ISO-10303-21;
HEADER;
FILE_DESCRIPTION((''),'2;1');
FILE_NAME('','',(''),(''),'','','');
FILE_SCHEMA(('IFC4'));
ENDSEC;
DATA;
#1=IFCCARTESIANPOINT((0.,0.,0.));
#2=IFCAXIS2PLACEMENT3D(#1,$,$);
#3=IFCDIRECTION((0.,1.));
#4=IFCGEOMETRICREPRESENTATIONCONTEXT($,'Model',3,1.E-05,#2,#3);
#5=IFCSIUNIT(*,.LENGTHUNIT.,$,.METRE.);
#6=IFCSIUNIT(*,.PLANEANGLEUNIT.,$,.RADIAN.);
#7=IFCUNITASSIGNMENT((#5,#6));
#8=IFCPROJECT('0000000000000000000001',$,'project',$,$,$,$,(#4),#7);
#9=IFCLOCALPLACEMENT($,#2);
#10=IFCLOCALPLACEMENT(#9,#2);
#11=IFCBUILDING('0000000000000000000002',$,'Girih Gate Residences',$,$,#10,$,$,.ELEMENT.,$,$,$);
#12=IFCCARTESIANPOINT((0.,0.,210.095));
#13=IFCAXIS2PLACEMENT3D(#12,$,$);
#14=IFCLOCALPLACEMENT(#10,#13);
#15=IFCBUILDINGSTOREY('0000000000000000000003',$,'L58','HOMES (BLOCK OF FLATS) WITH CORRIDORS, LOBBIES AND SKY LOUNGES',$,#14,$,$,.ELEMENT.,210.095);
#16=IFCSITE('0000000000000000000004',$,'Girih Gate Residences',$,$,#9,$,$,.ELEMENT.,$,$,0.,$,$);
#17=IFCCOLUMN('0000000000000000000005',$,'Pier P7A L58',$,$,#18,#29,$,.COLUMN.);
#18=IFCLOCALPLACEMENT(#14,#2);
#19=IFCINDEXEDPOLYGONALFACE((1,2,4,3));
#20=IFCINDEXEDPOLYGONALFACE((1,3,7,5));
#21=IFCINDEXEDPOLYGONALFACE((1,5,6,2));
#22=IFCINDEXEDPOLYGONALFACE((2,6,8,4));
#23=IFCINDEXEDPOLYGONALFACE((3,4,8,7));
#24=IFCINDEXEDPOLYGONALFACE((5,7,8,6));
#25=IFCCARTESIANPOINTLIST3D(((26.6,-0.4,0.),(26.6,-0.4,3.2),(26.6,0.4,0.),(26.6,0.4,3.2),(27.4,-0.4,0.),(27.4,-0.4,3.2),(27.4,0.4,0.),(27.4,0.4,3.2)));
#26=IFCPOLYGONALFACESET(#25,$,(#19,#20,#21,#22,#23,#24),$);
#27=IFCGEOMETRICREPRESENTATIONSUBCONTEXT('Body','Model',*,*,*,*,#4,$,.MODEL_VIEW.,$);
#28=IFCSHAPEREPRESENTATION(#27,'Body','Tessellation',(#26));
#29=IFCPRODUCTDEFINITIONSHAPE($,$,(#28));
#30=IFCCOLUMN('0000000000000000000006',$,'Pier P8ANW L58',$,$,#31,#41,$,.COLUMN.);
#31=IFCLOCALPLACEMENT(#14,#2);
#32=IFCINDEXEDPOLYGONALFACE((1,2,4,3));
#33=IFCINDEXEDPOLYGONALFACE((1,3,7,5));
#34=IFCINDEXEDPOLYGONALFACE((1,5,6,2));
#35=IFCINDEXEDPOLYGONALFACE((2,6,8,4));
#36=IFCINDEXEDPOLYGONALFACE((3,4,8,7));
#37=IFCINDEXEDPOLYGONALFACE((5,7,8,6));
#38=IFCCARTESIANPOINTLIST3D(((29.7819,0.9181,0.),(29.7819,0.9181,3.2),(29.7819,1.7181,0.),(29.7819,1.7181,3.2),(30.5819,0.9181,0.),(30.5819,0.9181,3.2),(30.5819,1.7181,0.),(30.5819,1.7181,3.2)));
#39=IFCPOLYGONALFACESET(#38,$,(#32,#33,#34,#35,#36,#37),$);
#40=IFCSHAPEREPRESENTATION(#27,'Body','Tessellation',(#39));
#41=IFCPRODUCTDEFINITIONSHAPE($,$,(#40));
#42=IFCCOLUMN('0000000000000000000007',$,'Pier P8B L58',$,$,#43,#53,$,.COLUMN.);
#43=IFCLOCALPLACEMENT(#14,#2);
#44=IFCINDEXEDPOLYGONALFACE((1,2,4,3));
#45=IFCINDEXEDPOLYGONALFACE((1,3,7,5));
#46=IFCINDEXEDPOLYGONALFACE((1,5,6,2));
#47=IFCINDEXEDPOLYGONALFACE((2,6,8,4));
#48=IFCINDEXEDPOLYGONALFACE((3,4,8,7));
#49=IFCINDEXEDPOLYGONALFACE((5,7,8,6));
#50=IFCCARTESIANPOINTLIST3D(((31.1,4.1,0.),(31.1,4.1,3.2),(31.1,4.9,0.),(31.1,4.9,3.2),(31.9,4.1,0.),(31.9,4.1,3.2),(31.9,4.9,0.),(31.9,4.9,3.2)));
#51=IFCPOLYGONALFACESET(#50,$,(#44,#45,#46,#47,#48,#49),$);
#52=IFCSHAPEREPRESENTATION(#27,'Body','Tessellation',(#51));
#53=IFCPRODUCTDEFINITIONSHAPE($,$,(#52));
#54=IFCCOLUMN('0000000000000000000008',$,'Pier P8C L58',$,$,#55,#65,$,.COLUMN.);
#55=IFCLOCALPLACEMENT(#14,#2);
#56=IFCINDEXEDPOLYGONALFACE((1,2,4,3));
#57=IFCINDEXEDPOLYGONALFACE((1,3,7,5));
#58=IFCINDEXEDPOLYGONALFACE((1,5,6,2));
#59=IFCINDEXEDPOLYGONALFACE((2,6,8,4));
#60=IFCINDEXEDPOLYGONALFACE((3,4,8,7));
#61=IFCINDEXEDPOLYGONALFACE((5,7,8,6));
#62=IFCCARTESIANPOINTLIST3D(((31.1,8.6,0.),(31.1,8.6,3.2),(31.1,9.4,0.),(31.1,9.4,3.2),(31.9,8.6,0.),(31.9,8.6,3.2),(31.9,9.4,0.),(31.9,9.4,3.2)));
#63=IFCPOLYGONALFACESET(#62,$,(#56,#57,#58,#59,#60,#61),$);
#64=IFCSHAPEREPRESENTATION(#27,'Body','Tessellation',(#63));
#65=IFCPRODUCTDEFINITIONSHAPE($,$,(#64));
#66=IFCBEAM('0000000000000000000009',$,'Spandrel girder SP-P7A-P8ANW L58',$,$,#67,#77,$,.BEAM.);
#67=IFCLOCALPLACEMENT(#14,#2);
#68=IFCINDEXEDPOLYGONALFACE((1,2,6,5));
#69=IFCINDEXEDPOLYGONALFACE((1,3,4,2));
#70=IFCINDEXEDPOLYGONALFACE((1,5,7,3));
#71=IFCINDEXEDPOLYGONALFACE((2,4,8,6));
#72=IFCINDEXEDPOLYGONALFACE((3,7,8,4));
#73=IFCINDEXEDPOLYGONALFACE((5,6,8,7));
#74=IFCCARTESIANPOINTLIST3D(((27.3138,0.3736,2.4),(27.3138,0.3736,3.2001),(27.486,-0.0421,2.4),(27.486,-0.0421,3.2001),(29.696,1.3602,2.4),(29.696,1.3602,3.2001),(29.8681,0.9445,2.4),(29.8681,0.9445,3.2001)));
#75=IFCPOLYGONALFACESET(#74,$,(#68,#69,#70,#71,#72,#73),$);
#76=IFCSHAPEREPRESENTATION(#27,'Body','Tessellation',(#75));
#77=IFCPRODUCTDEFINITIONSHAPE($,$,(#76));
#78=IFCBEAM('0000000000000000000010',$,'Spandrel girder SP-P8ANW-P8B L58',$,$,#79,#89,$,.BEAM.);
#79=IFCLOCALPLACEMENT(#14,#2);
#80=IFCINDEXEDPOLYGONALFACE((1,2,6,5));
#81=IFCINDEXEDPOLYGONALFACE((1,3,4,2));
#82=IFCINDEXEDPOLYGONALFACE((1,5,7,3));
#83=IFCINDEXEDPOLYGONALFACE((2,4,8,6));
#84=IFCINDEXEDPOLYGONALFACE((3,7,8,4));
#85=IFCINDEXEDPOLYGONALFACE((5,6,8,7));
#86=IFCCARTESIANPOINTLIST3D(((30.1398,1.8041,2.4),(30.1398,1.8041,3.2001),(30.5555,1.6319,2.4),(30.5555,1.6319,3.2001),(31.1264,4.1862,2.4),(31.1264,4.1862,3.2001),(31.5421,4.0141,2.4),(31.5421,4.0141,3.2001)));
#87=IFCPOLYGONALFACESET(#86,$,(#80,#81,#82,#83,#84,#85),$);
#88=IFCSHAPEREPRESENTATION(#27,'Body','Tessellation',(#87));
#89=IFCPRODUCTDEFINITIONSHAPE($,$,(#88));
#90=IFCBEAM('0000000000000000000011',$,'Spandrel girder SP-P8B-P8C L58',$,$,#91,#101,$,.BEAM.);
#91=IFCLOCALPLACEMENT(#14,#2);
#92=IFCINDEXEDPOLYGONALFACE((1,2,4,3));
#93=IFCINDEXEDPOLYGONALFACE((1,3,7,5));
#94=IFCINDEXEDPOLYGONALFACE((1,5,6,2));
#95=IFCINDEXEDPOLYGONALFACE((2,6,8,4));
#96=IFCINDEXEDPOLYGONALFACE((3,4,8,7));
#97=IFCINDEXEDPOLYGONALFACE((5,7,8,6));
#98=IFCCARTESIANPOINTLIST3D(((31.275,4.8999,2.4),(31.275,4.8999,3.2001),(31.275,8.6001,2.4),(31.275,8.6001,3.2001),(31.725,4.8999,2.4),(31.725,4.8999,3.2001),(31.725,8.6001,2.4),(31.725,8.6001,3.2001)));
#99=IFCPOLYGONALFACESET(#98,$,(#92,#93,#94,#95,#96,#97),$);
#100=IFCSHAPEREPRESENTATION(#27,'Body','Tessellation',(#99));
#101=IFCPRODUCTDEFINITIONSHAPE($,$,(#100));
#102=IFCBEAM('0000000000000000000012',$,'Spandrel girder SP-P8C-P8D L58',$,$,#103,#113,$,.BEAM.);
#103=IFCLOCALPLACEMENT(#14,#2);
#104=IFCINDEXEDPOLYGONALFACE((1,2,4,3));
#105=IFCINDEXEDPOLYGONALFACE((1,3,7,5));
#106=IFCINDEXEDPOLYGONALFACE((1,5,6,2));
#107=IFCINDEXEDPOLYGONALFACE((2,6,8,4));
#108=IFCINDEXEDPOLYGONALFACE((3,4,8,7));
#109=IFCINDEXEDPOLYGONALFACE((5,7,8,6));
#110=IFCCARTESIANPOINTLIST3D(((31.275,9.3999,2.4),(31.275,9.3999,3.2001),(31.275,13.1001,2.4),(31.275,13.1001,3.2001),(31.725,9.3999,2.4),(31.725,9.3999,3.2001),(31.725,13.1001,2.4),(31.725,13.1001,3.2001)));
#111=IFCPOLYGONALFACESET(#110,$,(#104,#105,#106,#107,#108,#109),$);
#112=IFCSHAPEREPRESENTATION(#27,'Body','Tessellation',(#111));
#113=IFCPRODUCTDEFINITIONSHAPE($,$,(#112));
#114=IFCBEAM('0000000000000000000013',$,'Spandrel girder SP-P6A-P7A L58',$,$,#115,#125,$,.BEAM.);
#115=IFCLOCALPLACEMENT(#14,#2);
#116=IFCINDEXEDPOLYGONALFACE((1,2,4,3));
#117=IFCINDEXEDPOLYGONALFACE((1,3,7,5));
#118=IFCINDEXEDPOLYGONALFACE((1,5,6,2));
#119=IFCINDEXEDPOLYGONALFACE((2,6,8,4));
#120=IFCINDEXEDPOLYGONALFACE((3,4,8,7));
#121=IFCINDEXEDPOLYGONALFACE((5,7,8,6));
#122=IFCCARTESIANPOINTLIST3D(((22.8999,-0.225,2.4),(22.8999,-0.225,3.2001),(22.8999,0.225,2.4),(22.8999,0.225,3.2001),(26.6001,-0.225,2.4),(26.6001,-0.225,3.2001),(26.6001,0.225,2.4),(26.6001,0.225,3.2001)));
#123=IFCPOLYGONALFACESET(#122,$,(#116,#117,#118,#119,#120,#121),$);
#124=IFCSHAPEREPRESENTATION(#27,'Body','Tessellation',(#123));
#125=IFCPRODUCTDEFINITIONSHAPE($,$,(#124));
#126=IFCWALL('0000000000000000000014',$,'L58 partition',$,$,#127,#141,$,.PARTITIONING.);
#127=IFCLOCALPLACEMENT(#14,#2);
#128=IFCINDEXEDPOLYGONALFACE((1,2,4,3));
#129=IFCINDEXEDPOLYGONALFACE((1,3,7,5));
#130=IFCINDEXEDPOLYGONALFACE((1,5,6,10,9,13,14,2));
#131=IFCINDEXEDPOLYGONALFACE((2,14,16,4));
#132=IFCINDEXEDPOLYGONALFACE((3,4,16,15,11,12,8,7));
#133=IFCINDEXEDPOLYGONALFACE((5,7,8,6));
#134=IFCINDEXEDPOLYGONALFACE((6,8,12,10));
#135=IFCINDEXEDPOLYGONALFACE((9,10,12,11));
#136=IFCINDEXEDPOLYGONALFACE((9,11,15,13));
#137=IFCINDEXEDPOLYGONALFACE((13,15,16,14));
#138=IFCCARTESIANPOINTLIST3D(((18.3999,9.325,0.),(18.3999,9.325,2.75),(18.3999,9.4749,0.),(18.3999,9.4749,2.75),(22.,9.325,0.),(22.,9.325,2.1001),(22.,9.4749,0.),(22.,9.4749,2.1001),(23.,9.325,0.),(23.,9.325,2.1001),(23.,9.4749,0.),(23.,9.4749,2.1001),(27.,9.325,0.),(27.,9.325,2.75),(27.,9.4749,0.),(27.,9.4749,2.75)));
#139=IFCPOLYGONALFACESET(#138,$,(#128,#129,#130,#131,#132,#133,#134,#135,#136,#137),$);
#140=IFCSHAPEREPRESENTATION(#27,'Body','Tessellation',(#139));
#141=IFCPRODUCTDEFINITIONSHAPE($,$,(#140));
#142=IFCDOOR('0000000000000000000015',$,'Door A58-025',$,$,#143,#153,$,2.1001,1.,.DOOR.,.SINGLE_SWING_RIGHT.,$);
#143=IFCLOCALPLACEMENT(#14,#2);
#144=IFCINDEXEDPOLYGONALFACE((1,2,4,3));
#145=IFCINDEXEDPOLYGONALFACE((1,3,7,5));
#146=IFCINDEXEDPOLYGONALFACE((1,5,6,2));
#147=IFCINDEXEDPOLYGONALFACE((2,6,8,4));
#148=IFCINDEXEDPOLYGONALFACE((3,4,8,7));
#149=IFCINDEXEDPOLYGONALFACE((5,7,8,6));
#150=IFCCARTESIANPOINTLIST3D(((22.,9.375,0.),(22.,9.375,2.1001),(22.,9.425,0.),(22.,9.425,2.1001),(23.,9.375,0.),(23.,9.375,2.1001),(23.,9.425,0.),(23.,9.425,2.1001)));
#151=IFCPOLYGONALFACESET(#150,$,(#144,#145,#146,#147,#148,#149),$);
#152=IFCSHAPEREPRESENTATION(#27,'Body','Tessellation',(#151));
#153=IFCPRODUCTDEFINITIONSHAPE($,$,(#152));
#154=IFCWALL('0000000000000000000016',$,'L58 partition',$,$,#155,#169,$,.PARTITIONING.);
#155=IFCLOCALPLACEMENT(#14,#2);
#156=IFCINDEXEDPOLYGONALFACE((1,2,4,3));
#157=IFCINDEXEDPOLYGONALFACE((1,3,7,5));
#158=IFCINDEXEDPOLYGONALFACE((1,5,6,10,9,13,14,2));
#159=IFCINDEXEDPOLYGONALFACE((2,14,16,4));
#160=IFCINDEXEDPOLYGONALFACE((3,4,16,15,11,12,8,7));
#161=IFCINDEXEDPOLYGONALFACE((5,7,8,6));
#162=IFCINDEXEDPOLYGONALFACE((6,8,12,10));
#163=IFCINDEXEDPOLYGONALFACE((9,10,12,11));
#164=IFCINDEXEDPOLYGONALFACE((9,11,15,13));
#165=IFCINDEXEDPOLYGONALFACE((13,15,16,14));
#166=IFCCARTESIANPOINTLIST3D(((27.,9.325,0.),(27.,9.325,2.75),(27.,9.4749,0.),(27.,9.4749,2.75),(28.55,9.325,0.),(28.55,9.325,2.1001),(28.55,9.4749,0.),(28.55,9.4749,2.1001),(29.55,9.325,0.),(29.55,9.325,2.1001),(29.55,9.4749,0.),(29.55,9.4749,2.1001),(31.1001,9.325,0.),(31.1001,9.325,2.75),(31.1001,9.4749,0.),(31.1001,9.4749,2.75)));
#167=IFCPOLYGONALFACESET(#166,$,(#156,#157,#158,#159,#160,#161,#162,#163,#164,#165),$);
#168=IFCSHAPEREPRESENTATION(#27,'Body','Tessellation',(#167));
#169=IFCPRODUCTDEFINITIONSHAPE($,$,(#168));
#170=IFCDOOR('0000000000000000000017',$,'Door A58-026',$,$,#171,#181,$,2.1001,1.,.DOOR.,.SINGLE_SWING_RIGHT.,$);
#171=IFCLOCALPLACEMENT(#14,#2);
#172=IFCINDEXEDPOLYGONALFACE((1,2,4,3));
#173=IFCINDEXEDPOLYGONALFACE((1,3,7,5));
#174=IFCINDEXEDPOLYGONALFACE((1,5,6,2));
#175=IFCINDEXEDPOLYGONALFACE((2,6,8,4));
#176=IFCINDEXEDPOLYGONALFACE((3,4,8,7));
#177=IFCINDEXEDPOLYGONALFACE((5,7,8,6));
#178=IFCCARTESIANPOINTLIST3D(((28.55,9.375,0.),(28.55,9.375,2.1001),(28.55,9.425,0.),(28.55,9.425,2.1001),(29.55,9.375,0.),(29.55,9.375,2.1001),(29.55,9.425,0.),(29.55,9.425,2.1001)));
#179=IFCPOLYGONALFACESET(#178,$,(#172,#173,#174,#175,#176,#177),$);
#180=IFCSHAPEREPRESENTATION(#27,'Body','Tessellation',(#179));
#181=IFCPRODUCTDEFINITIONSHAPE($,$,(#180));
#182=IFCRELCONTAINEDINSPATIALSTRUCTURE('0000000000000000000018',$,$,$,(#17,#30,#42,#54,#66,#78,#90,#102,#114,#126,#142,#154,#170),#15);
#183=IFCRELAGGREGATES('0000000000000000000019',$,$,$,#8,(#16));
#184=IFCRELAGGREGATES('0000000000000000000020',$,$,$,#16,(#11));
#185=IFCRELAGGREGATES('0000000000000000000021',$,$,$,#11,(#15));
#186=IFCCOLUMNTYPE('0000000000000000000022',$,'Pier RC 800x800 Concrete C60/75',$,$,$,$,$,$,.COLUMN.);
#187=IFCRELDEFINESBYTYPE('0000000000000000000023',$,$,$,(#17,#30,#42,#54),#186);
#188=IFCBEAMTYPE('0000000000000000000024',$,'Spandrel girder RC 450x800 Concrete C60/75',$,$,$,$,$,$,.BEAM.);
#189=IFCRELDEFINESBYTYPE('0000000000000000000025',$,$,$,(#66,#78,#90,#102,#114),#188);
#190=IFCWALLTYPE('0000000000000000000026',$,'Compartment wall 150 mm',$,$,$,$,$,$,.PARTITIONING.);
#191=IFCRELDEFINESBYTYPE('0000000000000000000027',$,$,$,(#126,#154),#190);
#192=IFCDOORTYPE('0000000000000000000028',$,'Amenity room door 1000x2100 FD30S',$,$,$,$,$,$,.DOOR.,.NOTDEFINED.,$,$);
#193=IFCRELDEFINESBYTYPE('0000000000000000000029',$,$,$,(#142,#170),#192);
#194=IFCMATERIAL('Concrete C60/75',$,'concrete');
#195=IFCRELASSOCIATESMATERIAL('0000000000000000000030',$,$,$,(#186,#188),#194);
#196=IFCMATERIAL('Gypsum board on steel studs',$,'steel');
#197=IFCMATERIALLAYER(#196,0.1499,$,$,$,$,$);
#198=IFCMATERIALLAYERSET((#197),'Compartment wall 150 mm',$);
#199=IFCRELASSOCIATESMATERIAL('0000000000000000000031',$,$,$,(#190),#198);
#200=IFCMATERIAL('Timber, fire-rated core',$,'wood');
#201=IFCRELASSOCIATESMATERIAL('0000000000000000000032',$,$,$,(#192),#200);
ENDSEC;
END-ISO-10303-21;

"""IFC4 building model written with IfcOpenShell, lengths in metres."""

from ifc_helpers import new_model, si_unit, direction, frame, frame_2d, origin, origin_2d, place, context, subcontext, project, spatial, rectangle, extrude, material, layer, layer_set, material_profile, profile_set, type_object, element, fill, save


model = new_model("IFC4")

# Units and contexts
model_context = context("Model", 3, precision=1e-05, world=origin(), true_north=direction((0.0, 1.0)))
body_context = subcontext(model_context, "Body", "Model", "MODEL_VIEW")
ifc_project = project(units=[si_unit("LENGTHUNIT", "METRE"), si_unit("PLANEANGLEUNIT", "RADIAN")], contexts=[model_context])

# Site, building, storey
site_placement = place(None, origin())
site = spatial("IfcSite", under=ifc_project, at=site_placement, Name="Girih Gate Residences", CompositionType="ELEMENT", RefElevation=0.0)
building_placement = place(site_placement, origin())
building = spatial("IfcBuilding", under=site, at=building_placement, Name="Girih Gate Residences", CompositionType="ELEMENT")
storey_placement = place(building_placement, frame((0.0, 0.0, 210.095)))
storey = spatial("IfcBuildingStorey", under=building, at=storey_placement, Name="L58", Description="HOMES (BLOCK OF FLATS) WITH CORRIDORS, LOBBIES AND SKY LOUNGES", CompositionType="ELEMENT", Elevation=210.095)

# Columns
ifc_material_1 = material(Name="Concrete C60/75", Category="concrete")
ifc_material_profile_1 = material_profile(ifc_material_1, rectangle(XDim=0.8, YDim=0.8, at=origin_2d()))
ifc_profile_set_1 = profile_set([ifc_material_profile_1], Name="Concrete C60/75")
column_type = type_object("IfcColumnType", Name="Pier RC 800x800 Concrete C60/75", PredefinedType="COLUMN", material=ifc_profile_set_1)
for number, where, z_axis, x_axis, name in (
    (1, (27.0, 0.0, 0.0), (0.0, 0.0, 1.0), (1.0, 0.0, 0.0), "Pier P7A L58"),
    (2, (30.1819, 1.3181, 0.0), (0.0, 0.0, 1.0), (1.0, 0.0, 0.0), "Pier P8ANW L58"),
    (3, (31.5, 4.5, 0.0), (0.0, 0.0, 1.0), (1.0, 0.0, 0.0), "Pier P8B L58"),
    (4, (31.5, 9.0, 0.0), (0.0, 0.0, 1.0), (1.0, 0.0, 0.0), "Pier P8C L58"),
):
    element("IfcColumn", number, at=place(storey_placement, frame(where, z_axis=z_axis, x_axis=x_axis)), inside=storey, type_object=column_type, Name=name, PredefinedType="COLUMN", context=body_context, shape_type="SweptSolid", body=[
        extrude(rectangle(XDim=0.8, YDim=0.8, at=origin_2d()), origin(), (0.0, 0.0, 1.0), 3.2),
    ])

# Beams
ifc_material_profile_2 = material_profile(ifc_material_1, rectangle(XDim=0.45, YDim=0.8, at=origin_2d()))
ifc_profile_set_2 = profile_set([ifc_material_profile_2], Name="Concrete C60/75")
beam_type = type_object("IfcBeamType", Name="Spandrel girder RC 450x800 Concrete C60/75", PredefinedType="BEAM", material=ifc_profile_set_2)
for number, where, z_axis, x_axis, name in (
    (5, (27.3999, 0.1658, 2.8), (0.923896, 0.382644, 0.0), (-0.382644, 0.923896, 0.0), "Spandrel girder SP-P7A-P8ANW L58"),
    (6, (30.3477, 1.718, 2.8), (0.382644, 0.923896, 0.0), (-0.923896, 0.382644, 0.0), "Spandrel girder SP-P8ANW-P8B L58"),
):
    element("IfcBeam", number, at=place(storey_placement, frame(where, z_axis=z_axis, x_axis=x_axis)), inside=storey, type_object=beam_type, Name=name, PredefinedType="BEAM", context=body_context, shape_type="SweptSolid", body=[
        extrude(rectangle(XDim=0.45, YDim=0.8, at=origin_2d()), origin(), (0.0, 0.0, 1.0), 2.5784),
    ])
for number, where, z_axis, x_axis, name in (
    (7, (31.5, 4.8999, 2.8), (0.0, 1.0, 0.0), (-1.0, 0.0, 0.0), "Spandrel girder SP-P8B-P8C L58"),
    (8, (31.5, 9.3999, 2.8), (0.0, 1.0, 0.0), (-1.0, 0.0, 0.0), "Spandrel girder SP-P8C-P8D L58"),
    (9, (22.8999, 0.0, 2.8), (1.0, 0.0, 0.0), (0.0, 1.0, 0.0), "Spandrel girder SP-P6A-P7A L58"),
):
    element("IfcBeam", number, at=place(storey_placement, frame(where, z_axis=z_axis, x_axis=x_axis)), inside=storey, type_object=beam_type, Name=name, PredefinedType="BEAM", context=body_context, shape_type="SweptSolid", body=[
        extrude(rectangle(XDim=0.45, YDim=0.8, at=origin_2d()), origin(), (0.0, 0.0, 1.0), 3.7002),
    ])

# Walls, openings, doors
ifc_material_2 = material(Name="Gypsum board on steel studs", Category="steel")
ifc_layer_1 = layer(ifc_material_2, 0.1499)
ifc_layer_set_1 = layer_set([ifc_layer_1], Name="Compartment wall 150 mm")
wall_type_1 = type_object("IfcWallType", Name="Compartment wall 150 mm", PredefinedType="PARTITIONING", material=ifc_layer_set_1)
wall_1_placement = place(storey_placement, frame((27.0, 9.3999, 0.0), z_axis=(0.0, 0.0, 1.0), x_axis=(-1.0, 0.0, 0.0)))
wall_1 = element("IfcWall", 10, at=wall_1_placement, inside=storey, type_object=wall_type_1, Name="L58 partition", PredefinedType="PARTITIONING", context=body_context, shape_type="SweptSolid", body=[
    extrude(rectangle(XDim=8.6001, YDim=0.1499, at=frame_2d((4.3, 0.0))), origin(), (0.0, 0.0, 1.0), 2.75),
])
opening_1_placement = place(wall_1_placement, frame((4.0, 0.0, 0.0)))
opening_1 = element("IfcOpeningElement", 11, at=opening_1_placement, cuts=wall_1, PredefinedType="OPENING", context=body_context, shape_type="SweptSolid", body=[
    extrude(rectangle(XDim=1.0, YDim=2.1001, at=frame_2d((0.5, 1.05))), frame((0.0, 0.085, 0.0), z_axis=(0.0, -1.0, 0.0), x_axis=(1.0, 0.0, 0.0)), (0.0, 0.0, 1.0), 0.1699),
])
ifc_material_3 = material(Name="Timber, fire-rated core", Category="wood")
door_type = type_object("IfcDoorType", Name="Amenity room door 1000x2100 FD30S", OperationType="NOTDEFINED", PredefinedType="DOOR", material=ifc_material_3)
door_1_placement = place(opening_1_placement, origin())
door_1 = element("IfcDoor", 12, at=door_1_placement, inside=storey, type_object=door_type, Name="Door A58-025", OperationType="SINGLE_SWING_RIGHT", OverallHeight=2.1001, OverallWidth=1.0, PredefinedType="DOOR", context=body_context, shape_type="SweptSolid", body=[
    extrude(rectangle(XDim=1.0, YDim=2.1001, at=frame_2d((0.5, 1.05))), frame((0.0, 0.0249, 0.0), z_axis=(0.0, -1.0, 0.0), x_axis=(1.0, 0.0, 0.0)), (0.0, 0.0, 1.0), 0.05),
])
fill(opening_1, door_1)
wall_2_placement = place(storey_placement, frame((31.1001, 9.3999, 0.0), z_axis=(0.0, 0.0, 1.0), x_axis=(-1.0, 0.0, 0.0)))
wall_2 = element("IfcWall", 13, at=wall_2_placement, inside=storey, type_object=wall_type_1, Name="L58 partition", PredefinedType="PARTITIONING", context=body_context, shape_type="SweptSolid", body=[
    extrude(rectangle(XDim=4.1001, YDim=0.1499, at=frame_2d((2.05, 0.0))), origin(), (0.0, 0.0, 1.0), 2.75),
])
opening_2_placement = place(wall_2_placement, frame((1.55, 0.0, 0.0)))
opening_2 = element("IfcOpeningElement", 14, at=opening_2_placement, cuts=wall_2, PredefinedType="OPENING", context=body_context, shape_type="SweptSolid", body=[
    extrude(rectangle(XDim=1.0, YDim=2.1001, at=frame_2d((0.5, 1.05))), frame((0.0, 0.085, 0.0), z_axis=(0.0, -1.0, 0.0), x_axis=(1.0, 0.0, 0.0)), (0.0, 0.0, 1.0), 0.1699),
])
door_2_placement = place(opening_2_placement, origin())
door_2 = element("IfcDoor", 15, at=door_2_placement, inside=storey, type_object=door_type, Name="Door A58-026", OperationType="SINGLE_SWING_RIGHT", OverallHeight=2.1001, OverallWidth=1.0, PredefinedType="DOOR", context=body_context, shape_type="SweptSolid", body=[
    extrude(rectangle(XDim=1.0, YDim=2.1001, at=frame_2d((0.5, 1.05))), frame((0.0, 0.0249, 0.0), z_axis=(0.0, -1.0, 0.0), x_axis=(1.0, 0.0, 0.0)), (0.0, 0.0, 1.0), 0.05),
])
fill(opening_2, door_2)

save(model, "model.ifc")
